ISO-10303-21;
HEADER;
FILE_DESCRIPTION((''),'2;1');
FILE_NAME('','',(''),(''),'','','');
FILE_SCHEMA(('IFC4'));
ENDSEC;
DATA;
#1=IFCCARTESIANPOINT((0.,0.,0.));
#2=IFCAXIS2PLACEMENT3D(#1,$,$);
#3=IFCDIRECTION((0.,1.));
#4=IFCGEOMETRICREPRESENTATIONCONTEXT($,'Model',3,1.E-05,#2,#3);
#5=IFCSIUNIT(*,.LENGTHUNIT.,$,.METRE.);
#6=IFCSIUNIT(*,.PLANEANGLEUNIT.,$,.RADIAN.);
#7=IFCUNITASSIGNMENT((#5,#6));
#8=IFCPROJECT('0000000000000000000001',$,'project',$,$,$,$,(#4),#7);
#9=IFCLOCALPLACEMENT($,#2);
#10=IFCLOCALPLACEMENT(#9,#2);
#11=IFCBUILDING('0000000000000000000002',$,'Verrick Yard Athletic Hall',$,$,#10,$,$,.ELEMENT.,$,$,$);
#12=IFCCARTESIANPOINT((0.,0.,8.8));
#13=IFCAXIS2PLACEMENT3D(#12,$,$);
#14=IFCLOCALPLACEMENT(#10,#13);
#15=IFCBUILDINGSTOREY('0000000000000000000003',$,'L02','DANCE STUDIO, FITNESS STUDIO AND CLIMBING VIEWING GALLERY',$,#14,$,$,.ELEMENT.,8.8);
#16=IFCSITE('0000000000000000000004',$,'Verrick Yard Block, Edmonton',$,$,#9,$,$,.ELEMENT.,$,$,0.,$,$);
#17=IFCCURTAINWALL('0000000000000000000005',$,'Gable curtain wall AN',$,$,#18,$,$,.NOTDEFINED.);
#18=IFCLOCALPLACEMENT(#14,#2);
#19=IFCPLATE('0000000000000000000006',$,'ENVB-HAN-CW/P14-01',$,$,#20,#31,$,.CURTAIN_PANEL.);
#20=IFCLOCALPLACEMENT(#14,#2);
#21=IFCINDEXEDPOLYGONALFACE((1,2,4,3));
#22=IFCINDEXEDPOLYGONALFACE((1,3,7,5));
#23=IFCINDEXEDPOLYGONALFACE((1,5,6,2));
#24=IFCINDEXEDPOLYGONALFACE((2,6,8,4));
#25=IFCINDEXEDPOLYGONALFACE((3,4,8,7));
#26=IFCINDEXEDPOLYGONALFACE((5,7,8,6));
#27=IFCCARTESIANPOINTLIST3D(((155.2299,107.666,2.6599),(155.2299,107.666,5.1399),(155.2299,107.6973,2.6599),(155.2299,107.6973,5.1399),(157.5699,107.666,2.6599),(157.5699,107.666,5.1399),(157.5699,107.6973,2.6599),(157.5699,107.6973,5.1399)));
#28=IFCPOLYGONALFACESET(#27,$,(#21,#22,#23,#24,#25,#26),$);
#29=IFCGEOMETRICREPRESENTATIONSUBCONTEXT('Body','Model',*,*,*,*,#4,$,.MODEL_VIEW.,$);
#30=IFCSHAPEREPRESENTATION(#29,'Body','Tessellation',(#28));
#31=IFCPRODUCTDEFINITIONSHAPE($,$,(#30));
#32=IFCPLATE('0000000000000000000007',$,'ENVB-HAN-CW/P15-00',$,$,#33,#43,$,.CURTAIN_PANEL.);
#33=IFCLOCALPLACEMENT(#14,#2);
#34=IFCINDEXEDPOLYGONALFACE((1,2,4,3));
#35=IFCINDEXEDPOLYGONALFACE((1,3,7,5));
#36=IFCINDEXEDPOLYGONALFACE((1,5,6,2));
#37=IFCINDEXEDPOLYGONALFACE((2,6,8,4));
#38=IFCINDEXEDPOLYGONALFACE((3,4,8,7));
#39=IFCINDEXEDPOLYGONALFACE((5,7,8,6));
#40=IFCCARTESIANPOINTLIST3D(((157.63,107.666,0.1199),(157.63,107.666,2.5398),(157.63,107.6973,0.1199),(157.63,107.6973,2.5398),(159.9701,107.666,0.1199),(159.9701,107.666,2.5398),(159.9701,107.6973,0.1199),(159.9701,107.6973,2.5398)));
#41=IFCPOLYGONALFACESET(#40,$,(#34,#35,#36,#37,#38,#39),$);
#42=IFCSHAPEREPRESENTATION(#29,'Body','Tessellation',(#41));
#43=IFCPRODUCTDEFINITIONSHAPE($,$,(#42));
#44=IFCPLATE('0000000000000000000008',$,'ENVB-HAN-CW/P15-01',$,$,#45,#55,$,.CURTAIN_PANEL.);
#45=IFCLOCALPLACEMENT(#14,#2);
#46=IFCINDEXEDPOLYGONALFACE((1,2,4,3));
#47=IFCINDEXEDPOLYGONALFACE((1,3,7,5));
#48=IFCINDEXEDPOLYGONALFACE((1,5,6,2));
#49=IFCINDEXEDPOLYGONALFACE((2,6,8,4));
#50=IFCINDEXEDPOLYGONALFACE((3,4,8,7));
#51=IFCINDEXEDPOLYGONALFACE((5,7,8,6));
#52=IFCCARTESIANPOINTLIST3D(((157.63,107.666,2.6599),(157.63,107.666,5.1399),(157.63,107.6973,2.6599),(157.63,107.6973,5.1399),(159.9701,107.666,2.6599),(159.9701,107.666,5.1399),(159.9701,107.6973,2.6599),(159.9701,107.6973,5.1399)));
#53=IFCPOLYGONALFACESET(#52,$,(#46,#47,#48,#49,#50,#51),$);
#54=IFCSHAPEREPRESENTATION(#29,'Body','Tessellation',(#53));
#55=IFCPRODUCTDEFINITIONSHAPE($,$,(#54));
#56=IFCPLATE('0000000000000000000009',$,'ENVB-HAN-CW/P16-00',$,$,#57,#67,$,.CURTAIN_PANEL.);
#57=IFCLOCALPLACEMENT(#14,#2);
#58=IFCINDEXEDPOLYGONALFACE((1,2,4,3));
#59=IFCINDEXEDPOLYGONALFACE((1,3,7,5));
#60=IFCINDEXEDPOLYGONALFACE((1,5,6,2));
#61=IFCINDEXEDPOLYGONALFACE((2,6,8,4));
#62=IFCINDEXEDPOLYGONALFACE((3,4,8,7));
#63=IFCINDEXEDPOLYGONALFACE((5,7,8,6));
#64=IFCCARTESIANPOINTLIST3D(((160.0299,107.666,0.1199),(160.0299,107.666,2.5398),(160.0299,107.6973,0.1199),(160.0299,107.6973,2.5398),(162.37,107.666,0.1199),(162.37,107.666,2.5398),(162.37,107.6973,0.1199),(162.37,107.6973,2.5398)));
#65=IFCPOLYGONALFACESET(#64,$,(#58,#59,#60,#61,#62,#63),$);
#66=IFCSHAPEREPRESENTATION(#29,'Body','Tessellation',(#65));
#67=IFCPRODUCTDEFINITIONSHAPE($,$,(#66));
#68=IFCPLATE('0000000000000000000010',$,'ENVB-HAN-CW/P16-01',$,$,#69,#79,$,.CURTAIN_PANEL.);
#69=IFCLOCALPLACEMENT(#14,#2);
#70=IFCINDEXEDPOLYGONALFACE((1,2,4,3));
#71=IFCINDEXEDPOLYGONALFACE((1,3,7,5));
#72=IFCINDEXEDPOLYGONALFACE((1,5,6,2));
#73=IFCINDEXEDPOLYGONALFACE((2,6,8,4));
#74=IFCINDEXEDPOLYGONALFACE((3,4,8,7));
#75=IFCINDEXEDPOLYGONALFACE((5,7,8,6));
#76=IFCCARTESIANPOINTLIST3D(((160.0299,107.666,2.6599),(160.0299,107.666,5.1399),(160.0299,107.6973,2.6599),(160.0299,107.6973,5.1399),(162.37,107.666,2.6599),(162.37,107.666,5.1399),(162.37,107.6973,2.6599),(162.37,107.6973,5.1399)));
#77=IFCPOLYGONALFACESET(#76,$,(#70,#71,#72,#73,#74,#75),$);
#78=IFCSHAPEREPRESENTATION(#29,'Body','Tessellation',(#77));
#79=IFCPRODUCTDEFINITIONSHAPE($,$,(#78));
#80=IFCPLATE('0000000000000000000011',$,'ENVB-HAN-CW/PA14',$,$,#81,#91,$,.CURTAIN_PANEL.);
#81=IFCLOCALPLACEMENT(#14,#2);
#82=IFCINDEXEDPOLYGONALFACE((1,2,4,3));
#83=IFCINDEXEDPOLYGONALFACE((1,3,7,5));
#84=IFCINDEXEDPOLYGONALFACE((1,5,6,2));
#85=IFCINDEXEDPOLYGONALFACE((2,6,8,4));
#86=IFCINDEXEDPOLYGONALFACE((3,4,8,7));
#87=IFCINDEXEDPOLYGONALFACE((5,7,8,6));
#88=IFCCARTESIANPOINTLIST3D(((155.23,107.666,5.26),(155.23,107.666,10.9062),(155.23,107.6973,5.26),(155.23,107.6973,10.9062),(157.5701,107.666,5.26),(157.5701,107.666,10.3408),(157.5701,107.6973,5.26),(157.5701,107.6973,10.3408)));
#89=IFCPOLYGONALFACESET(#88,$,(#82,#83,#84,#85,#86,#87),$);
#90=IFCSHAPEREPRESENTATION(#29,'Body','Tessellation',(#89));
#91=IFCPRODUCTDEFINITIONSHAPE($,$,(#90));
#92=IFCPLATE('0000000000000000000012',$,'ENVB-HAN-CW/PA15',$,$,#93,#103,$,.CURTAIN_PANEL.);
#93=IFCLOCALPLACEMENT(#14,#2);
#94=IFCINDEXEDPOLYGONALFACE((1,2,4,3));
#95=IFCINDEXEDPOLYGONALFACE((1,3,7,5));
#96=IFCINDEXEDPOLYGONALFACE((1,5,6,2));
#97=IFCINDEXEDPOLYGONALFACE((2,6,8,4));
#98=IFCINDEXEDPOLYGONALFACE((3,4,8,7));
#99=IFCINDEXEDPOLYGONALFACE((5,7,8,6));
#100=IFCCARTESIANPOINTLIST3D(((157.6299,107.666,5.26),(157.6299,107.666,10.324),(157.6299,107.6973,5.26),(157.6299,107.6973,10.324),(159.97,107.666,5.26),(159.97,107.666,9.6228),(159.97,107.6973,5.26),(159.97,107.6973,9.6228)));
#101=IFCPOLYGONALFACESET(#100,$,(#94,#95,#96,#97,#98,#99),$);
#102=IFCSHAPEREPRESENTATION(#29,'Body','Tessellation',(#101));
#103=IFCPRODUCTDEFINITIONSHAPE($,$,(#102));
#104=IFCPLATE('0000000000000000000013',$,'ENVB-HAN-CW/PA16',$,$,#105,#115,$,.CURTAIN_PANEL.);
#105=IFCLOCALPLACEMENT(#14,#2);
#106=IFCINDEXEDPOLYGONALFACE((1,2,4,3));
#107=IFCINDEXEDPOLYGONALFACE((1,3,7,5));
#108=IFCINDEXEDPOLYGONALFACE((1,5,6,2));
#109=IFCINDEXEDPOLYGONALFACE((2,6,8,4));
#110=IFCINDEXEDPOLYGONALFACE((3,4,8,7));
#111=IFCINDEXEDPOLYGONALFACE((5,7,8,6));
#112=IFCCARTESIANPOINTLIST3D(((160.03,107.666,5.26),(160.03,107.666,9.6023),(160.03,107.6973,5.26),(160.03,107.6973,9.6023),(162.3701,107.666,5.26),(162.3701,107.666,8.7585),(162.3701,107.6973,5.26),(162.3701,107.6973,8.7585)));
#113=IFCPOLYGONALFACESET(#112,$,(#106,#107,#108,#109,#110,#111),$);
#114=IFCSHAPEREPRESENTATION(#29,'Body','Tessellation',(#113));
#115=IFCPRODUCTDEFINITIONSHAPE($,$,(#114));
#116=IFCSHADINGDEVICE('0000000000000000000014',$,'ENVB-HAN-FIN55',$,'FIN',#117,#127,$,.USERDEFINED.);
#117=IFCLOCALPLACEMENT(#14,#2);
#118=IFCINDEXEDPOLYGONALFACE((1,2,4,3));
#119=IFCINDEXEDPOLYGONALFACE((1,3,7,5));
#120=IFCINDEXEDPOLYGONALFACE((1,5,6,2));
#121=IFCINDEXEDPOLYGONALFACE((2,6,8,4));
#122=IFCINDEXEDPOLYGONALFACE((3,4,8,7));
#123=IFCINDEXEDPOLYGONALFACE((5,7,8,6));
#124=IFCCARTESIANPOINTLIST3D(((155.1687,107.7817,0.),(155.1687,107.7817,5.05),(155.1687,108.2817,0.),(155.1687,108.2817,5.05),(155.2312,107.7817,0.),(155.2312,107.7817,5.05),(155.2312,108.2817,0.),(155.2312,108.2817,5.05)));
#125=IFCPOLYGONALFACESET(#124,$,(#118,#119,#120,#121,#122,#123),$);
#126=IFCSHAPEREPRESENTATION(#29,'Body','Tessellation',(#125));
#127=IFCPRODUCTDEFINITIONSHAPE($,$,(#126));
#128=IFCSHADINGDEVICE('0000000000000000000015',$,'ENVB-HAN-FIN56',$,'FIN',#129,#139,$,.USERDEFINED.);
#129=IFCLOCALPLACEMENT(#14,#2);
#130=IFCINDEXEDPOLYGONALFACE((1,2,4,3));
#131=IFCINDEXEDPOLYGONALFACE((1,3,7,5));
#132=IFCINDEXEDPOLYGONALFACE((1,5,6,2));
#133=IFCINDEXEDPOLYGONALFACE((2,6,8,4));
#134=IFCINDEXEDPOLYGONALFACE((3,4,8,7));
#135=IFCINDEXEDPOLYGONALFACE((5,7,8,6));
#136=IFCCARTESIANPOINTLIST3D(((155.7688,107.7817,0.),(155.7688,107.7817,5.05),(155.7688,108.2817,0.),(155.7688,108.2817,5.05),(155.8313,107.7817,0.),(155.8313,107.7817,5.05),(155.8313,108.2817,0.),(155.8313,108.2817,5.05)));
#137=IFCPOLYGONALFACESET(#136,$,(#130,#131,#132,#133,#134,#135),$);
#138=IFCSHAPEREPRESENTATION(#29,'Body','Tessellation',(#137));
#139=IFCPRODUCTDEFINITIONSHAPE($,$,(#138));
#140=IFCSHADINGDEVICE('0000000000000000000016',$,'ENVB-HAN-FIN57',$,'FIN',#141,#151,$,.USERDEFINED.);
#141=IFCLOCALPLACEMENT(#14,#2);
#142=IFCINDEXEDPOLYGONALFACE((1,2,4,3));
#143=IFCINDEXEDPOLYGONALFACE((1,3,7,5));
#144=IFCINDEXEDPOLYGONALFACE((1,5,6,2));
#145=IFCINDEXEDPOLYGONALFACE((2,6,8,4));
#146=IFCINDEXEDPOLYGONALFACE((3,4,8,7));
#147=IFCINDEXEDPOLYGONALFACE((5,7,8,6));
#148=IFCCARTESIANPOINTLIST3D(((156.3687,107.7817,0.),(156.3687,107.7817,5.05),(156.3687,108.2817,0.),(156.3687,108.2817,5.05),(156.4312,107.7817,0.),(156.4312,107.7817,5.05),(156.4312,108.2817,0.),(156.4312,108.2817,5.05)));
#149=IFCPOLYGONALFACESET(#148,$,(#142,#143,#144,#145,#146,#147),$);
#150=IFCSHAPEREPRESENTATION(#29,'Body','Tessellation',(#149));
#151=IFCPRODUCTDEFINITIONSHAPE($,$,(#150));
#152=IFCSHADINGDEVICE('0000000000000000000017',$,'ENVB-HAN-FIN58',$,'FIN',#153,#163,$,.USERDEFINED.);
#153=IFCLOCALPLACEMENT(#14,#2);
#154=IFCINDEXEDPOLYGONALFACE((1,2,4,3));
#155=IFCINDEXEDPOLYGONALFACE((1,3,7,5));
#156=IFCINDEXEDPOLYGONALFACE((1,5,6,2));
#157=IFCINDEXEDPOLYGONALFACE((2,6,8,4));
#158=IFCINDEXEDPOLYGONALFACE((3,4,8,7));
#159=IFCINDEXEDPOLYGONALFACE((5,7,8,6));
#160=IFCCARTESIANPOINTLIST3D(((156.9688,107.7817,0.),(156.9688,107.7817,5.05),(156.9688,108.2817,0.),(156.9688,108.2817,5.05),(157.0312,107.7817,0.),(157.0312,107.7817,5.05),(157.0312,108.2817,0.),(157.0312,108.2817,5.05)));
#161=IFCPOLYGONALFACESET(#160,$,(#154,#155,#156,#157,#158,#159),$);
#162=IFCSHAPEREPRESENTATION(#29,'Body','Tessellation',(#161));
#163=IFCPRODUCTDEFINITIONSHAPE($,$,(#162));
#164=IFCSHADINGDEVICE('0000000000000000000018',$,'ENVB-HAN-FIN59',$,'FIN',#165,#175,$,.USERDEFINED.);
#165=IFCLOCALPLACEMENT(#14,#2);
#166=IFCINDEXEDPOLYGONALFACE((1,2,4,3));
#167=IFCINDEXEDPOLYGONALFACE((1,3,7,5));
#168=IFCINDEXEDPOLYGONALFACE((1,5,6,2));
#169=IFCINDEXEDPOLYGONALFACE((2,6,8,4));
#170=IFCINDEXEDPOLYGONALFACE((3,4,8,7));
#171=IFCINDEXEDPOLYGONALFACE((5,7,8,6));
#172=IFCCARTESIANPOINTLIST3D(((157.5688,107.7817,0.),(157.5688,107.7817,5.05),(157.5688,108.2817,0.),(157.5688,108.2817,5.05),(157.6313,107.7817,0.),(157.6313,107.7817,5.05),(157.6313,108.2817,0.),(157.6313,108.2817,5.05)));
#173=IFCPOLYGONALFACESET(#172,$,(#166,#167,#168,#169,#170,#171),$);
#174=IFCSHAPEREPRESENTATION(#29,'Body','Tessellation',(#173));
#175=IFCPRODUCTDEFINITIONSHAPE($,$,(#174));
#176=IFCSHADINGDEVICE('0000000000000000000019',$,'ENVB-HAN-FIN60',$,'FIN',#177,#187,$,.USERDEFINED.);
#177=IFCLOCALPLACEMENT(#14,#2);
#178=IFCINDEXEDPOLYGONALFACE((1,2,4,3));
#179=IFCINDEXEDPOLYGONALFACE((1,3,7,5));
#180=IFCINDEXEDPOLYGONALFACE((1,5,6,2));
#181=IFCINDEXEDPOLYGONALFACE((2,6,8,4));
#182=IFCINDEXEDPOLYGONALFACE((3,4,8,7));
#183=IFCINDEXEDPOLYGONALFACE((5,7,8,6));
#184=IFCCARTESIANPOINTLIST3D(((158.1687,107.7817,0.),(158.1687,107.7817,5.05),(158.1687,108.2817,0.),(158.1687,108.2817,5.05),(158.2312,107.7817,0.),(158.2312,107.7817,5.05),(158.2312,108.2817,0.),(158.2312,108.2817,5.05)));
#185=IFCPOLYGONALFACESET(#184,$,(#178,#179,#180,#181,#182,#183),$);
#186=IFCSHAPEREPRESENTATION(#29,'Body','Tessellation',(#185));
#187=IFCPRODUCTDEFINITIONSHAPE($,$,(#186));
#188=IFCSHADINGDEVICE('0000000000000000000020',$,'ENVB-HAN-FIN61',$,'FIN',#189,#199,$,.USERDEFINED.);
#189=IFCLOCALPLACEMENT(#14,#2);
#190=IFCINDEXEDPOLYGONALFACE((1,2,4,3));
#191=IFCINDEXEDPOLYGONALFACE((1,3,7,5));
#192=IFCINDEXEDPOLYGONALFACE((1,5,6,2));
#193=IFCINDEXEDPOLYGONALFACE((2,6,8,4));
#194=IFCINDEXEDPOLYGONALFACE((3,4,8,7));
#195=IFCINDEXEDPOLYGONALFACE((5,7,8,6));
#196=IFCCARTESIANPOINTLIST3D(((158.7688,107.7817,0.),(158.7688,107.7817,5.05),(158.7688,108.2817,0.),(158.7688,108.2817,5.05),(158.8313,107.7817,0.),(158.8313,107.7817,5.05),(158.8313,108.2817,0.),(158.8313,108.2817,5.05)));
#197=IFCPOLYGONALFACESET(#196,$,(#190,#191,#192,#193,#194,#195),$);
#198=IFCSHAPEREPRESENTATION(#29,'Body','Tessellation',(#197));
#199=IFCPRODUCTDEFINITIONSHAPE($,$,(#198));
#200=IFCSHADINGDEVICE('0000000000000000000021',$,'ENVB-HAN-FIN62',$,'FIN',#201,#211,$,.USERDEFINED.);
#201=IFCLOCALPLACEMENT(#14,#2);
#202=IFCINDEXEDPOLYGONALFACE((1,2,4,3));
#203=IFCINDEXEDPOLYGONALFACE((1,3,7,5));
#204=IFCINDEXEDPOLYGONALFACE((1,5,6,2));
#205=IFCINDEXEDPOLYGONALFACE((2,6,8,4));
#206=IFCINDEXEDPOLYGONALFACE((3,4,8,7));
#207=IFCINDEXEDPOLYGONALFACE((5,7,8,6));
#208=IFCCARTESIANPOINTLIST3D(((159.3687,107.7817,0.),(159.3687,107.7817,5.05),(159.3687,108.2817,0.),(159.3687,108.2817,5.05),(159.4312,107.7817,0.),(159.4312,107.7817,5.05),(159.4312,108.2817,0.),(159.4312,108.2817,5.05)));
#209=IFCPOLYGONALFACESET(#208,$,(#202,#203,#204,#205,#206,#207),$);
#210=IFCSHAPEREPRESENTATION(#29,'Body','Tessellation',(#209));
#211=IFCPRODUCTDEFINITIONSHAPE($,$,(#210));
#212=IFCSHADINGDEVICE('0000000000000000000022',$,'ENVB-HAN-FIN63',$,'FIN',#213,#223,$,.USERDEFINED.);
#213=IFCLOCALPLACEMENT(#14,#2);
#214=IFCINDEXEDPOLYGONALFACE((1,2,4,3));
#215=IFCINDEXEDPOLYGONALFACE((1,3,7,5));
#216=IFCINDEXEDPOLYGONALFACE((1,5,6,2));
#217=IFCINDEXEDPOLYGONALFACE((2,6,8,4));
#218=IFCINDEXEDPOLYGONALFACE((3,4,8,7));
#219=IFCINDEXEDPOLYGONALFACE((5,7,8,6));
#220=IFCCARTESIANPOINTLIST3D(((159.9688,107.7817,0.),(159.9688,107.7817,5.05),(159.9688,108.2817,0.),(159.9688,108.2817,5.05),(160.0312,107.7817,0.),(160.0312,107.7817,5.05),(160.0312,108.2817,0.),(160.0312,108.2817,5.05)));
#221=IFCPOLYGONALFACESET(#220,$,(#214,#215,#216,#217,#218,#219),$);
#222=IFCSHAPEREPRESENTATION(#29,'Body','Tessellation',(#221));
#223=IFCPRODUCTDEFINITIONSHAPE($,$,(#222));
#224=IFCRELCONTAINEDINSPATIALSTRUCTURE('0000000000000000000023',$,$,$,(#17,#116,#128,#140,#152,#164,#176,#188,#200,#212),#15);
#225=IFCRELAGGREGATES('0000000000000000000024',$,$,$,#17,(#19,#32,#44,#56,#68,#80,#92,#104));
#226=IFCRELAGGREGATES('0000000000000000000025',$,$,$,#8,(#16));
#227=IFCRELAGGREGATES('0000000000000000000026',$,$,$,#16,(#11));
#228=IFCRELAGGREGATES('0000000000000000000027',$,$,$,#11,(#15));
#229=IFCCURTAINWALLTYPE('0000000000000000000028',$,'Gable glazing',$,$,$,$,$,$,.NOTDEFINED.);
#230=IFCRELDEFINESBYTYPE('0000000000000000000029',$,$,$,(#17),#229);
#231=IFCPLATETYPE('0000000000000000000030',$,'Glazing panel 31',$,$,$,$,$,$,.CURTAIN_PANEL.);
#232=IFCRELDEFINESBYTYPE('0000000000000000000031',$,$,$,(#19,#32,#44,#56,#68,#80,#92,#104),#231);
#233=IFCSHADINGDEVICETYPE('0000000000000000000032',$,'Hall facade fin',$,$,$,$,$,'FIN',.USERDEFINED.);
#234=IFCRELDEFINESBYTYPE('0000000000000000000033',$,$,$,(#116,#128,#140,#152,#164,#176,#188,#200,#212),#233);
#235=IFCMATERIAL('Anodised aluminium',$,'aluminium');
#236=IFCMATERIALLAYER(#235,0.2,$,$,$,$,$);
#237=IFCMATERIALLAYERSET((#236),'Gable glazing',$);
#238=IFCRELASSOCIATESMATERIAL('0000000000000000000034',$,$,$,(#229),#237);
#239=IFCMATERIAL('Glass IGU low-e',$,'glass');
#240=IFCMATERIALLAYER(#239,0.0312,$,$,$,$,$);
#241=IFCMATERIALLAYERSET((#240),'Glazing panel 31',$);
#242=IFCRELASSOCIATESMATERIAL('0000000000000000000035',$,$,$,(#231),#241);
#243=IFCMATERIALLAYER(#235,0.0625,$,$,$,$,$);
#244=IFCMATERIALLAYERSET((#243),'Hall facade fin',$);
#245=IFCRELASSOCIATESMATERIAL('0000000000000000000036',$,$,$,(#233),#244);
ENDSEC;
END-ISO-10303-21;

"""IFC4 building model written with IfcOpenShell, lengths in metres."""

from ifc_helpers import new_model, si_unit, direction, frame, origin, origin_2d, place, context, subcontext, project, spatial, polyline, rectangle, outline, extrude, material, layer, layer_set, type_object, element, aggregate, save


model = new_model("IFC4")

# Units and contexts
model_context = context("Model", 3, precision=1e-05, world=origin(), true_north=direction((0.0, 1.0)))
body_context = subcontext(model_context, "Body", "Model", "MODEL_VIEW")
ifc_project = project(units=[si_unit("LENGTHUNIT", "METRE"), si_unit("PLANEANGLEUNIT", "RADIAN")], contexts=[model_context])

# Site, building, storey
site_placement = place(None, origin())
site = spatial("IfcSite", under=ifc_project, at=site_placement, Name="Verrick Yard Block, Edmonton", CompositionType="ELEMENT", RefElevation=0.0)
building_placement = place(site_placement, origin())
building = spatial("IfcBuilding", under=site, at=building_placement, Name="Verrick Yard Athletic Hall", CompositionType="ELEMENT")
storey_placement = place(building_placement, frame((0.0, 0.0, 8.8)))
storey = spatial("IfcBuildingStorey", under=building, at=storey_placement, Name="L02", Description="DANCE STUDIO, FITNESS STUDIO AND CLIMBING VIEWING GALLERY", CompositionType="ELEMENT", Elevation=8.8)

# Curtain wall, plates
ifc_material_1 = material(Name="Anodised aluminium", Category="aluminium")
ifc_layer_1 = layer(ifc_material_1, 0.2)
ifc_layer_set_1 = layer_set([ifc_layer_1], Name="Gable glazing")
curtain_wall_type = type_object("IfcCurtainWallType", Name="Gable glazing", PredefinedType="NOTDEFINED", material=ifc_layer_set_1)
curtain_wall_placement = place(storey_placement, origin())
curtain_wall = element("IfcCurtainWall", 1, at=curtain_wall_placement, inside=storey, type_object=curtain_wall_type, Name="Gable curtain wall AN", PredefinedType="NOTDEFINED")
ifc_material_2 = material(Name="Glass IGU low-e", Category="glass")
ifc_layer_2 = layer(ifc_material_2, 0.0312)
ifc_layer_set_2 = layer_set([ifc_layer_2], Name="Glazing panel 31")
plate_type = type_object("IfcPlateType", Name="Glazing panel 31", PredefinedType="CURTAIN_PANEL", material=ifc_layer_set_2)
plate_1_placement = place(storey_placement, frame((156.3999, 107.6816, 2.6599), z_axis=(0.0, 0.0, 1.0), x_axis=(1.0, 0.0, 0.0)))
plate_1 = element("IfcPlate", 2, at=plate_1_placement, type_object=plate_type, Name="ENVB-HAN-CW/P14-01", PredefinedType="CURTAIN_PANEL", context=body_context, shape_type="SweptSolid", body=[
    extrude(rectangle(XDim=2.3401, YDim=0.0312, at=origin_2d()), origin(), (0.0, 0.0, 1.0), 2.48),
])
plate_2_placement = place(storey_placement, frame((158.8, 107.6816, 0.1199), z_axis=(0.0, 0.0, 1.0), x_axis=(1.0, 0.0, 0.0)))
plate_2 = element("IfcPlate", 3, at=plate_2_placement, type_object=plate_type, Name="ENVB-HAN-CW/P15-00", PredefinedType="CURTAIN_PANEL", context=body_context, shape_type="SweptSolid", body=[
    extrude(rectangle(XDim=2.3401, YDim=0.0312, at=origin_2d()), origin(), (0.0, 0.0, 1.0), 2.4199),
])
plate_3_placement = place(storey_placement, frame((158.8, 107.6816, 2.6599), z_axis=(0.0, 0.0, 1.0), x_axis=(1.0, 0.0, 0.0)))
plate_3 = element("IfcPlate", 4, at=plate_3_placement, type_object=plate_type, Name="ENVB-HAN-CW/P15-01", PredefinedType="CURTAIN_PANEL", context=body_context, shape_type="SweptSolid", body=[
    extrude(rectangle(XDim=2.3401, YDim=0.0312, at=origin_2d()), origin(), (0.0, 0.0, 1.0), 2.48),
])
plate_4_placement = place(storey_placement, frame((161.2, 107.6816, 0.1199), z_axis=(0.0, 0.0, 1.0), x_axis=(1.0, 0.0, 0.0)))
plate_4 = element("IfcPlate", 5, at=plate_4_placement, type_object=plate_type, Name="ENVB-HAN-CW/P16-00", PredefinedType="CURTAIN_PANEL", context=body_context, shape_type="SweptSolid", body=[
    extrude(rectangle(XDim=2.3401, YDim=0.0312, at=origin_2d()), origin(), (0.0, 0.0, 1.0), 2.4199),
])
plate_5_placement = place(storey_placement, frame((161.2, 107.6816, 2.6599), z_axis=(0.0, 0.0, 1.0), x_axis=(1.0, 0.0, 0.0)))
plate_5 = element("IfcPlate", 6, at=plate_5_placement, type_object=plate_type, Name="ENVB-HAN-CW/P16-01", PredefinedType="CURTAIN_PANEL", context=body_context, shape_type="SweptSolid", body=[
    extrude(rectangle(XDim=2.3401, YDim=0.0312, at=origin_2d()), origin(), (0.0, 0.0, 1.0), 2.48),
])
plate_6_placement = place(storey_placement, frame((155.23, 107.6816, 5.26), z_axis=(0.0, 0.0, 1.0), x_axis=(1.0, 0.0, 0.0)))
plate_6 = element("IfcPlate", 7, at=plate_6_placement, type_object=plate_type, Name="ENVB-HAN-CW/PA14", PredefinedType="CURTAIN_PANEL", context=body_context, shape_type="SweptSolid", body=[
    extrude(outline(polyline([(0.0, 5.6462), (2.3401, 5.0808), (2.3401, 0.0), (0.0, 0.0), (0.0, 5.6462)])), frame((0.0, 0.0156, 0.0), z_axis=(0.0, -1.0, 0.0), x_axis=(1.0, 0.0, 0.0)), (0.0, 0.0, 1.0), 0.0312),
])
plate_7_placement = place(storey_placement, frame((157.6299, 107.6816, 5.26), z_axis=(0.0, 0.0, 1.0), x_axis=(1.0, 0.0, 0.0)))
plate_7 = element("IfcPlate", 8, at=plate_7_placement, type_object=plate_type, Name="ENVB-HAN-CW/PA15", PredefinedType="CURTAIN_PANEL", context=body_context, shape_type="SweptSolid", body=[
    extrude(outline(polyline([(0.0, 5.064), (2.3401, 4.3628), (2.3401, 0.0), (0.0, 0.0), (0.0, 5.064)])), frame((0.0, 0.0156, 0.0), z_axis=(0.0, -1.0, 0.0), x_axis=(1.0, 0.0, 0.0)), (0.0, 0.0, 1.0), 0.0312),
])
plate_8_placement = place(storey_placement, frame((160.03, 107.6816, 5.26), z_axis=(0.0, 0.0, 1.0), x_axis=(1.0, 0.0, 0.0)))
plate_8 = element("IfcPlate", 9, at=plate_8_placement, type_object=plate_type, Name="ENVB-HAN-CW/PA16", PredefinedType="CURTAIN_PANEL", context=body_context, shape_type="SweptSolid", body=[
    extrude(outline(polyline([(0.0, 4.3423), (2.3401, 3.4985), (2.3401, 0.0), (0.0, 0.0), (0.0, 4.3423)])), frame((0.0, 0.0156, 0.0), z_axis=(0.0, -1.0, 0.0), x_axis=(1.0, 0.0, 0.0)), (0.0, 0.0, 1.0), 0.0312),
])
aggregate(curtain_wall, [plate_1, plate_2, plate_3, plate_4, plate_5, plate_6, plate_7, plate_8])

# Shading devices
ifc_layer_3 = layer(ifc_material_1, 0.0625)
ifc_layer_set_3 = layer_set([ifc_layer_3], Name="Hall facade fin")
shading_device_type = type_object("IfcShadingDeviceType", Name="Hall facade fin", ElementType="FIN", PredefinedType="USERDEFINED", material=ifc_layer_set_3)
for number, where, z_axis, x_axis, name in (
    (10, (155.2, 107.7817, 0.0), (0.0, 0.0, 1.0), (0.0, 1.0, 0.0), "ENVB-HAN-FIN55"),
    (11, (155.8, 107.7817, 0.0), (0.0, 0.0, 1.0), (0.0, 1.0, 0.0), "ENVB-HAN-FIN56"),
    (12, (156.3999, 107.7817, 0.0), (0.0, 0.0, 1.0), (0.0, 1.0, 0.0), "ENVB-HAN-FIN57"),
    (13, (157.0, 107.7817, 0.0), (0.0, 0.0, 1.0), (0.0, 1.0, 0.0), "ENVB-HAN-FIN58"),
    (14, (157.6001, 107.7817, 0.0), (0.0, 0.0, 1.0), (0.0, 1.0, 0.0), "ENVB-HAN-FIN59"),
    (15, (158.2, 107.7817, 0.0), (0.0, 0.0, 1.0), (0.0, 1.0, 0.0), "ENVB-HAN-FIN60"),
    (16, (158.8, 107.7817, 0.0), (0.0, 0.0, 1.0), (0.0, 1.0, 0.0), "ENVB-HAN-FIN61"),
    (17, (159.3999, 107.7817, 0.0), (0.0, 0.0, 1.0), (0.0, 1.0, 0.0), "ENVB-HAN-FIN62"),
    (18, (160.0, 107.7817, 0.0), (0.0, 0.0, 1.0), (0.0, 1.0, 0.0), "ENVB-HAN-FIN63"),
):
    element("IfcShadingDevice", number, at=place(storey_placement, frame(where, z_axis=z_axis, x_axis=x_axis)), inside=storey, type_object=shading_device_type, Name=name, ObjectType="FIN", PredefinedType="USERDEFINED", context=body_context, shape_type="SweptSolid", body=[
        extrude(outline(polyline([(0.0, 0.0), (0.5, 0.0), (0.5, 5.05), (0.0, 5.05), (0.0, 0.0)])), frame((0.0, 0.0312, 0.0), z_axis=(0.0, -1.0, 0.0), x_axis=(1.0, 0.0, 0.0)), (0.0, 0.0, 1.0), 0.0625),
    ])

save(model, "model.ifc")
